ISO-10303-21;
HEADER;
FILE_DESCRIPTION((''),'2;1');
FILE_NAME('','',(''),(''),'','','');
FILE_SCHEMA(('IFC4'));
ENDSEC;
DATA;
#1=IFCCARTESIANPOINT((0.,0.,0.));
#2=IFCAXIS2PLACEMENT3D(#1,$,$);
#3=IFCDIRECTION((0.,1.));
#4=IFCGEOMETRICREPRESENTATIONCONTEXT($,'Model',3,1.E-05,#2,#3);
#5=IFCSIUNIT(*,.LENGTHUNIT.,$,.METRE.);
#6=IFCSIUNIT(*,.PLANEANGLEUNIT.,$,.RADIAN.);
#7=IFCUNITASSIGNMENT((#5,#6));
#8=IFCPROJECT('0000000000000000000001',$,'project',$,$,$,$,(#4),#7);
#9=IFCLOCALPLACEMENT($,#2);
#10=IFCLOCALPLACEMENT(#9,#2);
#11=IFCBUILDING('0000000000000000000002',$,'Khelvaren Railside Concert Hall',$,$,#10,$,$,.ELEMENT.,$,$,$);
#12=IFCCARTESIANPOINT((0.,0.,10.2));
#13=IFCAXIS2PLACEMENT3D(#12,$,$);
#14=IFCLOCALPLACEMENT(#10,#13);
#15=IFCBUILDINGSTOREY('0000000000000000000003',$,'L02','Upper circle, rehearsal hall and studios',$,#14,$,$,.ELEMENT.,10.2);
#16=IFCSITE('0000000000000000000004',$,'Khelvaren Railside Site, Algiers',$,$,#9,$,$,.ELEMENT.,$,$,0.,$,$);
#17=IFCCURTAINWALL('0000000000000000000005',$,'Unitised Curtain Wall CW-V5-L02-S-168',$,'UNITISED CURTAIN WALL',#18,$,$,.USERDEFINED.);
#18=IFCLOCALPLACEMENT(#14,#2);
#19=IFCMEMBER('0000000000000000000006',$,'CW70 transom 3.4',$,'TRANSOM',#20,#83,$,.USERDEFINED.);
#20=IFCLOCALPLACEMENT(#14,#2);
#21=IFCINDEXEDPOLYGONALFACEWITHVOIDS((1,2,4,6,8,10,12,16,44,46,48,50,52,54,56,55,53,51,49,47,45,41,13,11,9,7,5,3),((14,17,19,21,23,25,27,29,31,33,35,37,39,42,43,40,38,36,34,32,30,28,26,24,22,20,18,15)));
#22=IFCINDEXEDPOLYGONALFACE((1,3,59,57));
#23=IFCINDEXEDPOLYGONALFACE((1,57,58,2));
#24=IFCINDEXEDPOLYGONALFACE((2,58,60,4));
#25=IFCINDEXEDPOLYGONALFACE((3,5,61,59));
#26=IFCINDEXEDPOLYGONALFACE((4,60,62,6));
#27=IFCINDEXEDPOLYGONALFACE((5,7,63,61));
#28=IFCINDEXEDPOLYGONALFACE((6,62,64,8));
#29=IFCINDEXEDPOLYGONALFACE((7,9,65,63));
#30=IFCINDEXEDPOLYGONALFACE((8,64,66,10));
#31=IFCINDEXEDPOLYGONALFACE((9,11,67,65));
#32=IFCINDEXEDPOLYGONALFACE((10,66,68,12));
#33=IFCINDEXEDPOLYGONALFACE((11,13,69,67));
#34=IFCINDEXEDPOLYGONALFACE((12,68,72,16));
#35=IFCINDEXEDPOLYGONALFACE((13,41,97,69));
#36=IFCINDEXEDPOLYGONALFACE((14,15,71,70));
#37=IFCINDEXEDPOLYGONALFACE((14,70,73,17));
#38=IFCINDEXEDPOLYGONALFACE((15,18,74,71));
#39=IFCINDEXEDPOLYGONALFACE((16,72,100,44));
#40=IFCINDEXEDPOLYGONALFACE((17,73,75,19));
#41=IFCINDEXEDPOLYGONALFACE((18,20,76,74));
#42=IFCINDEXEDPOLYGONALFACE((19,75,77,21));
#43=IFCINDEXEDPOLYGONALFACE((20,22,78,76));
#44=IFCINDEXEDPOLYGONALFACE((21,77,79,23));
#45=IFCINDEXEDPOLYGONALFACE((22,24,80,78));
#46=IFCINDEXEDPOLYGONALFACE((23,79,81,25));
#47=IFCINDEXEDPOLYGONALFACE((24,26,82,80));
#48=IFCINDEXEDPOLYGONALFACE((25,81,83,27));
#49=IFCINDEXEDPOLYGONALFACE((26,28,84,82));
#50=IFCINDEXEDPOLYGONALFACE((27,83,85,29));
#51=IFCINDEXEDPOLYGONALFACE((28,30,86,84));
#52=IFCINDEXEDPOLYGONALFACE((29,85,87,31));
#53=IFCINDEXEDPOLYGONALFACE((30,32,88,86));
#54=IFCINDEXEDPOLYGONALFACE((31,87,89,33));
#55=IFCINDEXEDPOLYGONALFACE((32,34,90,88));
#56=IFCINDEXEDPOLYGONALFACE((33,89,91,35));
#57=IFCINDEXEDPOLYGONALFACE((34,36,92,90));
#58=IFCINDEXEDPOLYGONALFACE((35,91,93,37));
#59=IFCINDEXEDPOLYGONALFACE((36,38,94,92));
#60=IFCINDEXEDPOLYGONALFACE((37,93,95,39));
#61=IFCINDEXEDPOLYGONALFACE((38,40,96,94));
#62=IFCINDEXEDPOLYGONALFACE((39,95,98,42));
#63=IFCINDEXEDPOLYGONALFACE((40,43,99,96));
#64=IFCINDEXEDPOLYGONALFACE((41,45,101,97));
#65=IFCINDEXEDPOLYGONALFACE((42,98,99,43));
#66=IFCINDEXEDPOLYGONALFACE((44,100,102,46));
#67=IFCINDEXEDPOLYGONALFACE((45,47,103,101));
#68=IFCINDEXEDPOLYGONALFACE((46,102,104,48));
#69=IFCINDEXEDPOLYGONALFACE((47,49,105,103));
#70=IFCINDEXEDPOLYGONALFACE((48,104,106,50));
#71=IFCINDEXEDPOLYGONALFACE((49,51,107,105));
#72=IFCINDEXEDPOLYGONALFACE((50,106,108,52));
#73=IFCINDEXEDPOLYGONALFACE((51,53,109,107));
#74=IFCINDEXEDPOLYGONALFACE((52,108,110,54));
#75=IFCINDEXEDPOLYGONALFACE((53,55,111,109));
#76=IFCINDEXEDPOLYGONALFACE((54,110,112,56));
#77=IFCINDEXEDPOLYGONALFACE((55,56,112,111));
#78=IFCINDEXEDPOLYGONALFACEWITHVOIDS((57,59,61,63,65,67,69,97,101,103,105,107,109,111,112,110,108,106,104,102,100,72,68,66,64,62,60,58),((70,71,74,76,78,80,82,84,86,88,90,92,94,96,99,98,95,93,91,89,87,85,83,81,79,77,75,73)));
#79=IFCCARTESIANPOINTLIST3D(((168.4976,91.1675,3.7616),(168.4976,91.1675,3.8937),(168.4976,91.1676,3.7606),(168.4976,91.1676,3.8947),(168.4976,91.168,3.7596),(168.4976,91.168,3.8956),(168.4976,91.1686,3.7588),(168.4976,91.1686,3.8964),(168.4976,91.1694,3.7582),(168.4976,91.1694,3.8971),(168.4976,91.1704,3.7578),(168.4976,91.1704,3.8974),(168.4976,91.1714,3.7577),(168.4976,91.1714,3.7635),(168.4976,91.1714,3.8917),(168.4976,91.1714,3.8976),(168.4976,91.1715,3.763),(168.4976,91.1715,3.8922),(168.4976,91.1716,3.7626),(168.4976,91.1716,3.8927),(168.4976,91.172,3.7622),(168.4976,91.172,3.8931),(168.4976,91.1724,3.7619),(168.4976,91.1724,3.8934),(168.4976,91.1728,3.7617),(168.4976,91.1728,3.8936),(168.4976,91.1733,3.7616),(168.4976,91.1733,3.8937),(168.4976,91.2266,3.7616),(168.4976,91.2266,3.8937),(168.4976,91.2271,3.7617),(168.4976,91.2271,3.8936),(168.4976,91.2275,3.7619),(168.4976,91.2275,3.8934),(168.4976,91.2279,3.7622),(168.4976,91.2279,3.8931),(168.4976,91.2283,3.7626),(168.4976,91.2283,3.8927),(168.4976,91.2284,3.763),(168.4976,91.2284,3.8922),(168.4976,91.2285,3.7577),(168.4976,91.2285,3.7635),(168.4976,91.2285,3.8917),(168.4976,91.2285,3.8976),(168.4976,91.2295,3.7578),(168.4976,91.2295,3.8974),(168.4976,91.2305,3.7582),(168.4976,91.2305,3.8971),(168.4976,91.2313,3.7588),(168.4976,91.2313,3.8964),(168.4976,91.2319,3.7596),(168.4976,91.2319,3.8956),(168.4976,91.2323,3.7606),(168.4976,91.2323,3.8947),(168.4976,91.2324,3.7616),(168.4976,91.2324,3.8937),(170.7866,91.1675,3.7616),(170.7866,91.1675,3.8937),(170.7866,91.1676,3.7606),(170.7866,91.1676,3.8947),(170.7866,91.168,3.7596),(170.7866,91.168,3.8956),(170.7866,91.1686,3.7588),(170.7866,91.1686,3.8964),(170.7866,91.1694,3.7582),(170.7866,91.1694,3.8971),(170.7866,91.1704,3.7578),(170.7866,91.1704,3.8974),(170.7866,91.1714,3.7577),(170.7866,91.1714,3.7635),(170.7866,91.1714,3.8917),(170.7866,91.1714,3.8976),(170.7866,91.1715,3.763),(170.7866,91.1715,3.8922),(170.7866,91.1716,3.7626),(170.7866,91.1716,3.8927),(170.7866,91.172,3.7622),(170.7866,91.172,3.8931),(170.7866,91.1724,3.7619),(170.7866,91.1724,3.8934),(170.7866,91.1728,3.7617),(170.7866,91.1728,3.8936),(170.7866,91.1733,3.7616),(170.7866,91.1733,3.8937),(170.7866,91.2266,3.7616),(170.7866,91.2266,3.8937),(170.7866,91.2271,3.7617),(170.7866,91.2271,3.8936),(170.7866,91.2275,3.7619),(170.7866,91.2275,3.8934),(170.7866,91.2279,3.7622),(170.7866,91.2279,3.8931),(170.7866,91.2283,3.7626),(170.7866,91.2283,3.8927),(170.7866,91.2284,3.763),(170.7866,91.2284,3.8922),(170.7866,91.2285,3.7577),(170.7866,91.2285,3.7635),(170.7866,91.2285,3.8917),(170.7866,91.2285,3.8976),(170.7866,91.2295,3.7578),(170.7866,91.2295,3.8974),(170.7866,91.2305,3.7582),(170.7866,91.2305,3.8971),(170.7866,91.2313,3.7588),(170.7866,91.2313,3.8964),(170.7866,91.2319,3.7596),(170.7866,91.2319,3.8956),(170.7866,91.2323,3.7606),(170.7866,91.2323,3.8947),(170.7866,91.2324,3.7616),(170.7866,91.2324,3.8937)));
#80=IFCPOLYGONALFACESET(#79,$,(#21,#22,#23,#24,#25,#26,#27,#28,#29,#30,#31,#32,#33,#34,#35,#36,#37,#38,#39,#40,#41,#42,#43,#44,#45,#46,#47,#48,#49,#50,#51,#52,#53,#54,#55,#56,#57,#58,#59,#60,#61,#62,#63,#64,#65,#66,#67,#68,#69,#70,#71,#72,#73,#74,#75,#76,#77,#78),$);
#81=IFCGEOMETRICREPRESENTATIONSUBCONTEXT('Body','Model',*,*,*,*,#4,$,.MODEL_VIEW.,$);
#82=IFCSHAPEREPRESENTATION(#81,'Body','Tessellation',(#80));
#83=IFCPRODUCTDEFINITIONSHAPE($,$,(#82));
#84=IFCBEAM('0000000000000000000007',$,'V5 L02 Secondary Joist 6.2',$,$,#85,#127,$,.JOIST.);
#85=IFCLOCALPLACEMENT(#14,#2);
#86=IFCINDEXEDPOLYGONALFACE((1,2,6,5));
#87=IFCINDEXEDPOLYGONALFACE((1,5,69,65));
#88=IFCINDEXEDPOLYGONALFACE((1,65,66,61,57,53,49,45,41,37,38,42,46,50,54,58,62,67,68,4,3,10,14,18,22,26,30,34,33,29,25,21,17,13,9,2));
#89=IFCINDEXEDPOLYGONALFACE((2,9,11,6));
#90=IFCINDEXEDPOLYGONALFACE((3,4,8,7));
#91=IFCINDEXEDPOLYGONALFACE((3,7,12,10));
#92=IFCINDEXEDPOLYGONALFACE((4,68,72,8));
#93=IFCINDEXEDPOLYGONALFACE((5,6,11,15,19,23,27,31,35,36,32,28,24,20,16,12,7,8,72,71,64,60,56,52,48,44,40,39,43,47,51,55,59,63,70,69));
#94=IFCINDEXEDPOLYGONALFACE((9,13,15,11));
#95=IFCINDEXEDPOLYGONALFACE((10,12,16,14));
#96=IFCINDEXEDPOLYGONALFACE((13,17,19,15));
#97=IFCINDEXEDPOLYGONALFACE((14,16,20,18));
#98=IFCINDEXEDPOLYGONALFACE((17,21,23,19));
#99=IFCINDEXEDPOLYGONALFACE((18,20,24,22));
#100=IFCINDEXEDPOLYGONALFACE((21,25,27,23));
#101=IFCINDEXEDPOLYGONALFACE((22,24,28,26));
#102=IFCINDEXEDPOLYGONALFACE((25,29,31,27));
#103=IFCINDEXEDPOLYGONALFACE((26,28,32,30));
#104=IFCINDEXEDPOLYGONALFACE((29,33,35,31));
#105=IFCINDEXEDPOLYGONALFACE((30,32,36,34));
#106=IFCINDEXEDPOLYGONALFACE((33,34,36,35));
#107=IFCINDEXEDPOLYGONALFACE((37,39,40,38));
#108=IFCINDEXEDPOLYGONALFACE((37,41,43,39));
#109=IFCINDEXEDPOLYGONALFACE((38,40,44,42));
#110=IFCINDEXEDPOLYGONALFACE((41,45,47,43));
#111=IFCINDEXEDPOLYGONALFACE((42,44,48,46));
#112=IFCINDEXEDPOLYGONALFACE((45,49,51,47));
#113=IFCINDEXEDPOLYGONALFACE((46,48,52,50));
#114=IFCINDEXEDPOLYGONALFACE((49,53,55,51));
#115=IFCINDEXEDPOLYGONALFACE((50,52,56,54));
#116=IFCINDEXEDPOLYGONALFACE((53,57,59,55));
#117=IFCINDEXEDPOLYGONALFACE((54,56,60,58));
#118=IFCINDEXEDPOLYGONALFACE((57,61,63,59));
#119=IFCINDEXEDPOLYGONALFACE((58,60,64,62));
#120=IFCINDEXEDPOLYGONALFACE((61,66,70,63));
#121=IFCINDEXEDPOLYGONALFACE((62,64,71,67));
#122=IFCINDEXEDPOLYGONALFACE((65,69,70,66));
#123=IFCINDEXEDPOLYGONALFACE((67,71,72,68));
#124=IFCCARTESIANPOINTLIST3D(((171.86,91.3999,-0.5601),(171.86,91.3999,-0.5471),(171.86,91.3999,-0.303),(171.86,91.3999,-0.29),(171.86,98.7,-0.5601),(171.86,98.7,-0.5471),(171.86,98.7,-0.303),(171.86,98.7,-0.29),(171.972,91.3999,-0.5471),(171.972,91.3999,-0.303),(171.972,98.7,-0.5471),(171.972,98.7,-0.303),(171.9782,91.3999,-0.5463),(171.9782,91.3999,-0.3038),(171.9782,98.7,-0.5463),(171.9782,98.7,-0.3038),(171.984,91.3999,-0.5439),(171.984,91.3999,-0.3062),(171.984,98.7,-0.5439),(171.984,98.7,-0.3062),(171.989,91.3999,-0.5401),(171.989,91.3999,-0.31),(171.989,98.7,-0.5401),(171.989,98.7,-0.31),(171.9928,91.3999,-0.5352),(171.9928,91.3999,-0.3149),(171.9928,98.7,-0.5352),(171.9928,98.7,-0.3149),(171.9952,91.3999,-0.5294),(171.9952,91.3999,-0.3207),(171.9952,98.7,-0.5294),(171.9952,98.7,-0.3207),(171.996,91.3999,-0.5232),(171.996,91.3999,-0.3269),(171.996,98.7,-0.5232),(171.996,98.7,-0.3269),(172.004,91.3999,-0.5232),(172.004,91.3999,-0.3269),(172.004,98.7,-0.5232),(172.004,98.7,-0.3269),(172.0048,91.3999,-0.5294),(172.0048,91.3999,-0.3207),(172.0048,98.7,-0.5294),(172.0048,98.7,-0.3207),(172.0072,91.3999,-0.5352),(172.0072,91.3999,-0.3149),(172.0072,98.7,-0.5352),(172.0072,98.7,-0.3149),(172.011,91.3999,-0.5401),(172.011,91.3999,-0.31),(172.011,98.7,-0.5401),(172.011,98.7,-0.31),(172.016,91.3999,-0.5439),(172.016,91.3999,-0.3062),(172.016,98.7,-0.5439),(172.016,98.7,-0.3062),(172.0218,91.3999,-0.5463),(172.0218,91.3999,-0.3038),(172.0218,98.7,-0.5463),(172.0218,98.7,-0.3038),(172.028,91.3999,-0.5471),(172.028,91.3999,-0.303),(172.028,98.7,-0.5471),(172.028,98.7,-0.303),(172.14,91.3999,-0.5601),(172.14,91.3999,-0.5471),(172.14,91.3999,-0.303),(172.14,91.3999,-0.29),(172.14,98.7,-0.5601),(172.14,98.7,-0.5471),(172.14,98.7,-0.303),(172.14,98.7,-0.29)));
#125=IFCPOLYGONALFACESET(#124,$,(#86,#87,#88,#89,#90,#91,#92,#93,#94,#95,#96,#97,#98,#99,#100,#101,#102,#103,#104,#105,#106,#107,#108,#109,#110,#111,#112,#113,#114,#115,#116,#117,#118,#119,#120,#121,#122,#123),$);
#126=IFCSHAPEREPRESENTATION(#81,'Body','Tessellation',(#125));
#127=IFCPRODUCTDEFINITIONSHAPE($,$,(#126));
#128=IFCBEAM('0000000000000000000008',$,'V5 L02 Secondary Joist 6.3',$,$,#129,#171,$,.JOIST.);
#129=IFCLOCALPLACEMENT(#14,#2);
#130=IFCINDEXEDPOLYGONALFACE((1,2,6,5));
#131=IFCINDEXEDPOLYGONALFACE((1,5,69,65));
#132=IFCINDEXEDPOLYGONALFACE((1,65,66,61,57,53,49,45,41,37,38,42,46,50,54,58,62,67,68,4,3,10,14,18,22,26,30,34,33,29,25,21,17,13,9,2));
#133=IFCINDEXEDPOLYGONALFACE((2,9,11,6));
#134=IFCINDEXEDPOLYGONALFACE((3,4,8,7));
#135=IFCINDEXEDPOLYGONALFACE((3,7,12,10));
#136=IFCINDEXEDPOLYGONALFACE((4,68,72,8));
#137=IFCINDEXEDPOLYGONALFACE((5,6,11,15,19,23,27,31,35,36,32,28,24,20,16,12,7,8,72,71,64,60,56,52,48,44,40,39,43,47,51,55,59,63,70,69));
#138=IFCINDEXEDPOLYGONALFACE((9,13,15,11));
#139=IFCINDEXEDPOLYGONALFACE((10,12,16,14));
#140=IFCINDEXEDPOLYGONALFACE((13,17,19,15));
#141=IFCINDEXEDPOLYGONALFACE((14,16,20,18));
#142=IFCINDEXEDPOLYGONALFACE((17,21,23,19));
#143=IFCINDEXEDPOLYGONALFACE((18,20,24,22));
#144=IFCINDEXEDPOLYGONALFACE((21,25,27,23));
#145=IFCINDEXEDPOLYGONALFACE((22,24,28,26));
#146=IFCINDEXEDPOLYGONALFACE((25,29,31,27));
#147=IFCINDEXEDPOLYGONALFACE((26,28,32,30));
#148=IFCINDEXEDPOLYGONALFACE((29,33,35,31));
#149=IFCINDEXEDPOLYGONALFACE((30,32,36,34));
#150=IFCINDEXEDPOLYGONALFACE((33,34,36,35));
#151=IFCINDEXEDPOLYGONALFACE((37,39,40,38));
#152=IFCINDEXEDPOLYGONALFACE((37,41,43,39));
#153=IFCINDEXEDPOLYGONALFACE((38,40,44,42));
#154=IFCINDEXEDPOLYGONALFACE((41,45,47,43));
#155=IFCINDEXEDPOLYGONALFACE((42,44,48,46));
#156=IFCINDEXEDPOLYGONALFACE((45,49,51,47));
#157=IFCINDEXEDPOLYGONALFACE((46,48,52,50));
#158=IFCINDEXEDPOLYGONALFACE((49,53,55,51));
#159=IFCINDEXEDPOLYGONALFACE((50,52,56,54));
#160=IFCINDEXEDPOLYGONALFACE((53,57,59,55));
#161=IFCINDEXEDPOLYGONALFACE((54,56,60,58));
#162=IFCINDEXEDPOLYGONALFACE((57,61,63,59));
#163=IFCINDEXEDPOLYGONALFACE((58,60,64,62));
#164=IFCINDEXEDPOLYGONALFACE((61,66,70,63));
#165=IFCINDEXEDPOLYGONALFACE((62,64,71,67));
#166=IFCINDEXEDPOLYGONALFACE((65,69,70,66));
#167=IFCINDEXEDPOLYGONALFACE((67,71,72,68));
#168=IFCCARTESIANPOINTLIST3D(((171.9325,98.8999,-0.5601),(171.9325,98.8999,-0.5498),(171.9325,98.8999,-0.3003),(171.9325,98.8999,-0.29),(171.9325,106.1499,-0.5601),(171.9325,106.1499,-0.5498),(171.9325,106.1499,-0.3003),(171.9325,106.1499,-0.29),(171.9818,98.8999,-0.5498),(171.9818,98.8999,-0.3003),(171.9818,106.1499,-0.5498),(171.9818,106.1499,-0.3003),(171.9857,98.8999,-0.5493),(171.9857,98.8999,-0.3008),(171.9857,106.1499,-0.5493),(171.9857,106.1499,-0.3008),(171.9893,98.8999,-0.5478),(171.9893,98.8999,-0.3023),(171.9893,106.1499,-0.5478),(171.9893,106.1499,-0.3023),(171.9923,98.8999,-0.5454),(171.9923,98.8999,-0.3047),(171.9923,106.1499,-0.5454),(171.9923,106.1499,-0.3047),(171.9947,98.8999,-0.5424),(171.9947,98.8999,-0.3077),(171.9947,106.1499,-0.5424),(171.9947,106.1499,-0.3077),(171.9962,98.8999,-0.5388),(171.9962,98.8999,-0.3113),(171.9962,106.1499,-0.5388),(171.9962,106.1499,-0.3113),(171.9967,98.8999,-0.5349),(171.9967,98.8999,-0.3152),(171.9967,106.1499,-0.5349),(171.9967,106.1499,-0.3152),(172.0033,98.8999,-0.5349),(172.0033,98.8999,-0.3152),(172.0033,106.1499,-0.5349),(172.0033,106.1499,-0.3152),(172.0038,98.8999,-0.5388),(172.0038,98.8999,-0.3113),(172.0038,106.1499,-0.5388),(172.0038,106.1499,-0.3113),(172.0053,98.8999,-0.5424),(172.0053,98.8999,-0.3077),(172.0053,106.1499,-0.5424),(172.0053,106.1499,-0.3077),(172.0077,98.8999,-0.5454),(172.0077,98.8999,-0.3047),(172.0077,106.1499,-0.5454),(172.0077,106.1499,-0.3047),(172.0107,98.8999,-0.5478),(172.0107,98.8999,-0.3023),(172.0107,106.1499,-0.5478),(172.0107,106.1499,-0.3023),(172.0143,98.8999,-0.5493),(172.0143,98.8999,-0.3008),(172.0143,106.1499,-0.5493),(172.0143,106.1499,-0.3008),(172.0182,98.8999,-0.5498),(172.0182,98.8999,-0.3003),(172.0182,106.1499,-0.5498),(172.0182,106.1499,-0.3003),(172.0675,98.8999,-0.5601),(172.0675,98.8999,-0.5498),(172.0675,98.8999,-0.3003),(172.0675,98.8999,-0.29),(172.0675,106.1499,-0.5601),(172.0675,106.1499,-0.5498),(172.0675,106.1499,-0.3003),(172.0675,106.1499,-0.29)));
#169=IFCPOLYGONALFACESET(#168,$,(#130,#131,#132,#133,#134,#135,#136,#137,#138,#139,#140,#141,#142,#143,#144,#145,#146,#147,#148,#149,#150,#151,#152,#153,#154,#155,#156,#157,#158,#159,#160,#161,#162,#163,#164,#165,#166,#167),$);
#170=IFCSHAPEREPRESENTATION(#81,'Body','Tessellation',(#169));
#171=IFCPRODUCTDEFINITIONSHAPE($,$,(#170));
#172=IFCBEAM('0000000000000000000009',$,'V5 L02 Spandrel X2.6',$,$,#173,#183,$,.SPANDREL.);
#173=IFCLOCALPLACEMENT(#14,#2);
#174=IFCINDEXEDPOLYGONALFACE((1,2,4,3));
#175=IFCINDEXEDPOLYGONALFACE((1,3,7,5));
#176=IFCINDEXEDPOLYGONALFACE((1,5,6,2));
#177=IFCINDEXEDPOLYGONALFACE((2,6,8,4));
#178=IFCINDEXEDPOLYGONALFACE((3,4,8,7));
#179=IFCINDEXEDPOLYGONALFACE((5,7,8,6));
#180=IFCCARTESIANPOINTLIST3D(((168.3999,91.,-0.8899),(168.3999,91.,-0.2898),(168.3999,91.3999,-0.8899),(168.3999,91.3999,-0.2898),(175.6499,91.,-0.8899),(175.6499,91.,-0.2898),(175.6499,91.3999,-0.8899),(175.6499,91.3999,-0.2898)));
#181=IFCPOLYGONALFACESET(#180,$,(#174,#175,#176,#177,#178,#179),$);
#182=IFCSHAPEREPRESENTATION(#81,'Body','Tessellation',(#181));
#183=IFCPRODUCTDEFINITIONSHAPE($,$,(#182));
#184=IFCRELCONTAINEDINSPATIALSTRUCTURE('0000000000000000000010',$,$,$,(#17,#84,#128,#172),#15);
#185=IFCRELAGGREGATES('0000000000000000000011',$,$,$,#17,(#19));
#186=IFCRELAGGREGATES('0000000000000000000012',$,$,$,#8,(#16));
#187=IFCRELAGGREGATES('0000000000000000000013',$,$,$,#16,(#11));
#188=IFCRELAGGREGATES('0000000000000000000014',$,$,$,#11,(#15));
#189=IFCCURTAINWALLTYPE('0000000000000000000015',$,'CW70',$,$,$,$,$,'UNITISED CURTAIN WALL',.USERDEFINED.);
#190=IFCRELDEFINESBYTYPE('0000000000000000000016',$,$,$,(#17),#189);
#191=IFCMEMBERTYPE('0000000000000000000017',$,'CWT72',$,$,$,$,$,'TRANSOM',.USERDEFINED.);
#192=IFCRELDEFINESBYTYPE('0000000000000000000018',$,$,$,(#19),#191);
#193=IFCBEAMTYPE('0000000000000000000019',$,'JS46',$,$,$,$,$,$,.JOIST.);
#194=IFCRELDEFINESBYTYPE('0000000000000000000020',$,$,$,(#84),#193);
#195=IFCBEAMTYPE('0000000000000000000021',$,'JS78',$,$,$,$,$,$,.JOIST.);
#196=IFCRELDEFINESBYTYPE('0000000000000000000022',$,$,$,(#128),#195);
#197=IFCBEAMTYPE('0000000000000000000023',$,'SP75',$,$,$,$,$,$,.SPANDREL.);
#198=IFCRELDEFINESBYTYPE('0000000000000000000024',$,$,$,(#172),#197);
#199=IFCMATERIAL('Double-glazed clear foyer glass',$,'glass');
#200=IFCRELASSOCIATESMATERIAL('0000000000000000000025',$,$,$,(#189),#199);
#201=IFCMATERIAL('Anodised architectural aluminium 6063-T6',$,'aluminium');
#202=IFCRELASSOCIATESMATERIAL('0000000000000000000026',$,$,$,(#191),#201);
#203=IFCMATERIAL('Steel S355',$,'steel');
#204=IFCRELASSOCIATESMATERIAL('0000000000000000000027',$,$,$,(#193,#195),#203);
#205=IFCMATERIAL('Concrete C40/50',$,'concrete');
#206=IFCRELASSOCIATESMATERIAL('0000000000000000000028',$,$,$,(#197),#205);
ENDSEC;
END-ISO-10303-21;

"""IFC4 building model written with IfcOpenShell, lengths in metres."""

from ifc_helpers import new_model, si_unit, direction, frame, origin, origin_2d, place, context, subcontext, project, spatial, rectangle, hollow_rectangle, i_section, extrude, material, material_profile, profile_set, type_object, element, aggregate, save


model = new_model("IFC4")

# Units and contexts
model_context = context("Model", 3, precision=1e-05, world=origin(), true_north=direction((0.0, 1.0)))
body_context = subcontext(model_context, "Body", "Model", "MODEL_VIEW")
ifc_project = project(units=[si_unit("LENGTHUNIT", "METRE"), si_unit("PLANEANGLEUNIT", "RADIAN")], contexts=[model_context])

# Site, building, storey
site_placement = place(None, origin())
site = spatial("IfcSite", under=ifc_project, at=site_placement, Name="Khelvaren Railside Site, Algiers", CompositionType="ELEMENT", RefElevation=0.0)
building_placement = place(site_placement, origin())
building = spatial("IfcBuilding", under=site, at=building_placement, Name="Khelvaren Railside Concert Hall", CompositionType="ELEMENT")
storey_placement = place(building_placement, frame((0.0, 0.0, 10.2)))
storey = spatial("IfcBuildingStorey", under=building, at=storey_placement, Name="L02", Description="Upper circle, rehearsal hall and studios", CompositionType="ELEMENT", Elevation=10.2)

# Shared definitions
ifc_material_1 = material(Name="Steel S355", Category="steel")

# Curtain wall, member
ifc_material_2 = material(Name="Double-glazed clear foyer glass", Category="glass")
curtain_wall_type = type_object("IfcCurtainWallType", Name="CW70", ElementType="UNITISED CURTAIN WALL", PredefinedType="USERDEFINED", material=ifc_material_2)
curtain_wall_placement = place(storey_placement, origin())
curtain_wall = element("IfcCurtainWall", 1, at=curtain_wall_placement, inside=storey, type_object=curtain_wall_type, Name="Unitised Curtain Wall CW-V5-L02-S-168", ObjectType="UNITISED CURTAIN WALL", PredefinedType="USERDEFINED")
ifc_material_3 = material(Name="Anodised architectural aluminium 6063-T6", Category="aluminium")
ifc_material_profile_1 = material_profile(ifc_material_3, hollow_rectangle(XDim=0.0649, YDim=0.1399, WallThickness=0.0039, InnerFilletRadius=0.002, OuterFilletRadius=0.0039, at=origin_2d()), Name="CWT 65x140x4")
ifc_profile_set_1 = profile_set([ifc_material_profile_1], Name="Anodised architectural aluminium 6063-T6")
member_type_1 = type_object("IfcMemberType", Name="CWT72", ElementType="TRANSOM", PredefinedType="USERDEFINED", material=ifc_profile_set_1)
member_1_placement = place(storey_placement, frame((170.7866, 91.2, 3.8276), z_axis=(-1.0, 0.0, 0.0), x_axis=(0.0, -1.0, 0.0)))
member_1 = element("IfcMember", 2, at=member_1_placement, type_object=member_type_1, Name="CW70 transom 3.4", ObjectType="TRANSOM", PredefinedType="USERDEFINED", context=body_context, shape_type="SweptSolid", body=[
    extrude(hollow_rectangle(XDim=0.0649, YDim=0.1399, WallThickness=0.0039, InnerFilletRadius=0.002, OuterFilletRadius=0.0039, at=origin_2d()), origin(), (0.0, 0.0, 1.0), 2.2891),
])

# Beams
ifc_material_profile_2 = material_profile(ifc_material_1, i_section(OverallWidth=0.28, OverallDepth=0.27, WebThickness=0.0081, FlangeThickness=0.0129, FilletRadius=0.0239, at=origin_2d()), Name="HEA 280")
ifc_profile_set_2 = profile_set([ifc_material_profile_2], Name="Steel S355")
beam_type_1 = type_object("IfcBeamType", Name="JS46", PredefinedType="JOIST", material=ifc_profile_set_2)
beam_1_placement = place(storey_placement, frame((172.0, 91.3999, -0.425), z_axis=(0.0, 1.0, 0.0), x_axis=(-1.0, 0.0, 0.0)))
element("IfcBeam", 3, at=beam_1_placement, inside=storey, type_object=beam_type_1, Name="V5 L02 Secondary Joist 6.2", PredefinedType="JOIST", context=body_context, shape_type="SweptSolid", body=[
    extrude(i_section(OverallWidth=0.28, OverallDepth=0.27, WebThickness=0.0081, FlangeThickness=0.0129, FilletRadius=0.0239, at=origin_2d()), origin(), (0.0, 0.0, 1.0), 7.3),
])
ifc_material_profile_3 = material_profile(ifc_material_1, i_section(OverallWidth=0.135, OverallDepth=0.27, WebThickness=0.0066, FlangeThickness=0.0103, FilletRadius=0.0149, at=origin_2d()), Name="IPE 270")
ifc_profile_set_3 = profile_set([ifc_material_profile_3], Name="Steel S355")
beam_type_2 = type_object("IfcBeamType", Name="JS78", PredefinedType="JOIST", material=ifc_profile_set_3)
beam_2_placement = place(storey_placement, frame((172.0, 98.8999, -0.425), z_axis=(0.0, 1.0, 0.0), x_axis=(-1.0, 0.0, 0.0)))
element("IfcBeam", 4, at=beam_2_placement, inside=storey, type_object=beam_type_2, Name="V5 L02 Secondary Joist 6.3", PredefinedType="JOIST", context=body_context, shape_type="SweptSolid", body=[
    extrude(i_section(OverallWidth=0.135, OverallDepth=0.27, WebThickness=0.0066, FlangeThickness=0.0103, FilletRadius=0.0149, at=origin_2d()), origin(), (0.0, 0.0, 1.0), 7.25),
])
ifc_material_4 = material(Name="Concrete C40/50", Category="concrete")
ifc_material_profile_4 = material_profile(ifc_material_4, rectangle(XDim=0.3999, YDim=0.6001, at=origin_2d()), Name="RCB 400x600")
ifc_profile_set_4 = profile_set([ifc_material_profile_4], Name="Concrete C40/50")
beam_type_3 = type_object("IfcBeamType", Name="SP75", PredefinedType="SPANDREL", material=ifc_profile_set_4)
beam_3_placement = place(storey_placement, frame((168.3999, 91.2, -0.5898), z_axis=(1.0, 0.0, 0.0), x_axis=(0.0, 1.0, 0.0)))
element("IfcBeam", 5, at=beam_3_placement, inside=storey, type_object=beam_type_3, Name="V5 L02 Spandrel X2.6", PredefinedType="SPANDREL", context=body_context, shape_type="SweptSolid", body=[
    extrude(rectangle(XDim=0.3999, YDim=0.6001, at=origin_2d()), origin(), (0.0, 0.0, 1.0), 7.25),
])

aggregate(curtain_wall, [member_1])

save(model, "model.ifc")
